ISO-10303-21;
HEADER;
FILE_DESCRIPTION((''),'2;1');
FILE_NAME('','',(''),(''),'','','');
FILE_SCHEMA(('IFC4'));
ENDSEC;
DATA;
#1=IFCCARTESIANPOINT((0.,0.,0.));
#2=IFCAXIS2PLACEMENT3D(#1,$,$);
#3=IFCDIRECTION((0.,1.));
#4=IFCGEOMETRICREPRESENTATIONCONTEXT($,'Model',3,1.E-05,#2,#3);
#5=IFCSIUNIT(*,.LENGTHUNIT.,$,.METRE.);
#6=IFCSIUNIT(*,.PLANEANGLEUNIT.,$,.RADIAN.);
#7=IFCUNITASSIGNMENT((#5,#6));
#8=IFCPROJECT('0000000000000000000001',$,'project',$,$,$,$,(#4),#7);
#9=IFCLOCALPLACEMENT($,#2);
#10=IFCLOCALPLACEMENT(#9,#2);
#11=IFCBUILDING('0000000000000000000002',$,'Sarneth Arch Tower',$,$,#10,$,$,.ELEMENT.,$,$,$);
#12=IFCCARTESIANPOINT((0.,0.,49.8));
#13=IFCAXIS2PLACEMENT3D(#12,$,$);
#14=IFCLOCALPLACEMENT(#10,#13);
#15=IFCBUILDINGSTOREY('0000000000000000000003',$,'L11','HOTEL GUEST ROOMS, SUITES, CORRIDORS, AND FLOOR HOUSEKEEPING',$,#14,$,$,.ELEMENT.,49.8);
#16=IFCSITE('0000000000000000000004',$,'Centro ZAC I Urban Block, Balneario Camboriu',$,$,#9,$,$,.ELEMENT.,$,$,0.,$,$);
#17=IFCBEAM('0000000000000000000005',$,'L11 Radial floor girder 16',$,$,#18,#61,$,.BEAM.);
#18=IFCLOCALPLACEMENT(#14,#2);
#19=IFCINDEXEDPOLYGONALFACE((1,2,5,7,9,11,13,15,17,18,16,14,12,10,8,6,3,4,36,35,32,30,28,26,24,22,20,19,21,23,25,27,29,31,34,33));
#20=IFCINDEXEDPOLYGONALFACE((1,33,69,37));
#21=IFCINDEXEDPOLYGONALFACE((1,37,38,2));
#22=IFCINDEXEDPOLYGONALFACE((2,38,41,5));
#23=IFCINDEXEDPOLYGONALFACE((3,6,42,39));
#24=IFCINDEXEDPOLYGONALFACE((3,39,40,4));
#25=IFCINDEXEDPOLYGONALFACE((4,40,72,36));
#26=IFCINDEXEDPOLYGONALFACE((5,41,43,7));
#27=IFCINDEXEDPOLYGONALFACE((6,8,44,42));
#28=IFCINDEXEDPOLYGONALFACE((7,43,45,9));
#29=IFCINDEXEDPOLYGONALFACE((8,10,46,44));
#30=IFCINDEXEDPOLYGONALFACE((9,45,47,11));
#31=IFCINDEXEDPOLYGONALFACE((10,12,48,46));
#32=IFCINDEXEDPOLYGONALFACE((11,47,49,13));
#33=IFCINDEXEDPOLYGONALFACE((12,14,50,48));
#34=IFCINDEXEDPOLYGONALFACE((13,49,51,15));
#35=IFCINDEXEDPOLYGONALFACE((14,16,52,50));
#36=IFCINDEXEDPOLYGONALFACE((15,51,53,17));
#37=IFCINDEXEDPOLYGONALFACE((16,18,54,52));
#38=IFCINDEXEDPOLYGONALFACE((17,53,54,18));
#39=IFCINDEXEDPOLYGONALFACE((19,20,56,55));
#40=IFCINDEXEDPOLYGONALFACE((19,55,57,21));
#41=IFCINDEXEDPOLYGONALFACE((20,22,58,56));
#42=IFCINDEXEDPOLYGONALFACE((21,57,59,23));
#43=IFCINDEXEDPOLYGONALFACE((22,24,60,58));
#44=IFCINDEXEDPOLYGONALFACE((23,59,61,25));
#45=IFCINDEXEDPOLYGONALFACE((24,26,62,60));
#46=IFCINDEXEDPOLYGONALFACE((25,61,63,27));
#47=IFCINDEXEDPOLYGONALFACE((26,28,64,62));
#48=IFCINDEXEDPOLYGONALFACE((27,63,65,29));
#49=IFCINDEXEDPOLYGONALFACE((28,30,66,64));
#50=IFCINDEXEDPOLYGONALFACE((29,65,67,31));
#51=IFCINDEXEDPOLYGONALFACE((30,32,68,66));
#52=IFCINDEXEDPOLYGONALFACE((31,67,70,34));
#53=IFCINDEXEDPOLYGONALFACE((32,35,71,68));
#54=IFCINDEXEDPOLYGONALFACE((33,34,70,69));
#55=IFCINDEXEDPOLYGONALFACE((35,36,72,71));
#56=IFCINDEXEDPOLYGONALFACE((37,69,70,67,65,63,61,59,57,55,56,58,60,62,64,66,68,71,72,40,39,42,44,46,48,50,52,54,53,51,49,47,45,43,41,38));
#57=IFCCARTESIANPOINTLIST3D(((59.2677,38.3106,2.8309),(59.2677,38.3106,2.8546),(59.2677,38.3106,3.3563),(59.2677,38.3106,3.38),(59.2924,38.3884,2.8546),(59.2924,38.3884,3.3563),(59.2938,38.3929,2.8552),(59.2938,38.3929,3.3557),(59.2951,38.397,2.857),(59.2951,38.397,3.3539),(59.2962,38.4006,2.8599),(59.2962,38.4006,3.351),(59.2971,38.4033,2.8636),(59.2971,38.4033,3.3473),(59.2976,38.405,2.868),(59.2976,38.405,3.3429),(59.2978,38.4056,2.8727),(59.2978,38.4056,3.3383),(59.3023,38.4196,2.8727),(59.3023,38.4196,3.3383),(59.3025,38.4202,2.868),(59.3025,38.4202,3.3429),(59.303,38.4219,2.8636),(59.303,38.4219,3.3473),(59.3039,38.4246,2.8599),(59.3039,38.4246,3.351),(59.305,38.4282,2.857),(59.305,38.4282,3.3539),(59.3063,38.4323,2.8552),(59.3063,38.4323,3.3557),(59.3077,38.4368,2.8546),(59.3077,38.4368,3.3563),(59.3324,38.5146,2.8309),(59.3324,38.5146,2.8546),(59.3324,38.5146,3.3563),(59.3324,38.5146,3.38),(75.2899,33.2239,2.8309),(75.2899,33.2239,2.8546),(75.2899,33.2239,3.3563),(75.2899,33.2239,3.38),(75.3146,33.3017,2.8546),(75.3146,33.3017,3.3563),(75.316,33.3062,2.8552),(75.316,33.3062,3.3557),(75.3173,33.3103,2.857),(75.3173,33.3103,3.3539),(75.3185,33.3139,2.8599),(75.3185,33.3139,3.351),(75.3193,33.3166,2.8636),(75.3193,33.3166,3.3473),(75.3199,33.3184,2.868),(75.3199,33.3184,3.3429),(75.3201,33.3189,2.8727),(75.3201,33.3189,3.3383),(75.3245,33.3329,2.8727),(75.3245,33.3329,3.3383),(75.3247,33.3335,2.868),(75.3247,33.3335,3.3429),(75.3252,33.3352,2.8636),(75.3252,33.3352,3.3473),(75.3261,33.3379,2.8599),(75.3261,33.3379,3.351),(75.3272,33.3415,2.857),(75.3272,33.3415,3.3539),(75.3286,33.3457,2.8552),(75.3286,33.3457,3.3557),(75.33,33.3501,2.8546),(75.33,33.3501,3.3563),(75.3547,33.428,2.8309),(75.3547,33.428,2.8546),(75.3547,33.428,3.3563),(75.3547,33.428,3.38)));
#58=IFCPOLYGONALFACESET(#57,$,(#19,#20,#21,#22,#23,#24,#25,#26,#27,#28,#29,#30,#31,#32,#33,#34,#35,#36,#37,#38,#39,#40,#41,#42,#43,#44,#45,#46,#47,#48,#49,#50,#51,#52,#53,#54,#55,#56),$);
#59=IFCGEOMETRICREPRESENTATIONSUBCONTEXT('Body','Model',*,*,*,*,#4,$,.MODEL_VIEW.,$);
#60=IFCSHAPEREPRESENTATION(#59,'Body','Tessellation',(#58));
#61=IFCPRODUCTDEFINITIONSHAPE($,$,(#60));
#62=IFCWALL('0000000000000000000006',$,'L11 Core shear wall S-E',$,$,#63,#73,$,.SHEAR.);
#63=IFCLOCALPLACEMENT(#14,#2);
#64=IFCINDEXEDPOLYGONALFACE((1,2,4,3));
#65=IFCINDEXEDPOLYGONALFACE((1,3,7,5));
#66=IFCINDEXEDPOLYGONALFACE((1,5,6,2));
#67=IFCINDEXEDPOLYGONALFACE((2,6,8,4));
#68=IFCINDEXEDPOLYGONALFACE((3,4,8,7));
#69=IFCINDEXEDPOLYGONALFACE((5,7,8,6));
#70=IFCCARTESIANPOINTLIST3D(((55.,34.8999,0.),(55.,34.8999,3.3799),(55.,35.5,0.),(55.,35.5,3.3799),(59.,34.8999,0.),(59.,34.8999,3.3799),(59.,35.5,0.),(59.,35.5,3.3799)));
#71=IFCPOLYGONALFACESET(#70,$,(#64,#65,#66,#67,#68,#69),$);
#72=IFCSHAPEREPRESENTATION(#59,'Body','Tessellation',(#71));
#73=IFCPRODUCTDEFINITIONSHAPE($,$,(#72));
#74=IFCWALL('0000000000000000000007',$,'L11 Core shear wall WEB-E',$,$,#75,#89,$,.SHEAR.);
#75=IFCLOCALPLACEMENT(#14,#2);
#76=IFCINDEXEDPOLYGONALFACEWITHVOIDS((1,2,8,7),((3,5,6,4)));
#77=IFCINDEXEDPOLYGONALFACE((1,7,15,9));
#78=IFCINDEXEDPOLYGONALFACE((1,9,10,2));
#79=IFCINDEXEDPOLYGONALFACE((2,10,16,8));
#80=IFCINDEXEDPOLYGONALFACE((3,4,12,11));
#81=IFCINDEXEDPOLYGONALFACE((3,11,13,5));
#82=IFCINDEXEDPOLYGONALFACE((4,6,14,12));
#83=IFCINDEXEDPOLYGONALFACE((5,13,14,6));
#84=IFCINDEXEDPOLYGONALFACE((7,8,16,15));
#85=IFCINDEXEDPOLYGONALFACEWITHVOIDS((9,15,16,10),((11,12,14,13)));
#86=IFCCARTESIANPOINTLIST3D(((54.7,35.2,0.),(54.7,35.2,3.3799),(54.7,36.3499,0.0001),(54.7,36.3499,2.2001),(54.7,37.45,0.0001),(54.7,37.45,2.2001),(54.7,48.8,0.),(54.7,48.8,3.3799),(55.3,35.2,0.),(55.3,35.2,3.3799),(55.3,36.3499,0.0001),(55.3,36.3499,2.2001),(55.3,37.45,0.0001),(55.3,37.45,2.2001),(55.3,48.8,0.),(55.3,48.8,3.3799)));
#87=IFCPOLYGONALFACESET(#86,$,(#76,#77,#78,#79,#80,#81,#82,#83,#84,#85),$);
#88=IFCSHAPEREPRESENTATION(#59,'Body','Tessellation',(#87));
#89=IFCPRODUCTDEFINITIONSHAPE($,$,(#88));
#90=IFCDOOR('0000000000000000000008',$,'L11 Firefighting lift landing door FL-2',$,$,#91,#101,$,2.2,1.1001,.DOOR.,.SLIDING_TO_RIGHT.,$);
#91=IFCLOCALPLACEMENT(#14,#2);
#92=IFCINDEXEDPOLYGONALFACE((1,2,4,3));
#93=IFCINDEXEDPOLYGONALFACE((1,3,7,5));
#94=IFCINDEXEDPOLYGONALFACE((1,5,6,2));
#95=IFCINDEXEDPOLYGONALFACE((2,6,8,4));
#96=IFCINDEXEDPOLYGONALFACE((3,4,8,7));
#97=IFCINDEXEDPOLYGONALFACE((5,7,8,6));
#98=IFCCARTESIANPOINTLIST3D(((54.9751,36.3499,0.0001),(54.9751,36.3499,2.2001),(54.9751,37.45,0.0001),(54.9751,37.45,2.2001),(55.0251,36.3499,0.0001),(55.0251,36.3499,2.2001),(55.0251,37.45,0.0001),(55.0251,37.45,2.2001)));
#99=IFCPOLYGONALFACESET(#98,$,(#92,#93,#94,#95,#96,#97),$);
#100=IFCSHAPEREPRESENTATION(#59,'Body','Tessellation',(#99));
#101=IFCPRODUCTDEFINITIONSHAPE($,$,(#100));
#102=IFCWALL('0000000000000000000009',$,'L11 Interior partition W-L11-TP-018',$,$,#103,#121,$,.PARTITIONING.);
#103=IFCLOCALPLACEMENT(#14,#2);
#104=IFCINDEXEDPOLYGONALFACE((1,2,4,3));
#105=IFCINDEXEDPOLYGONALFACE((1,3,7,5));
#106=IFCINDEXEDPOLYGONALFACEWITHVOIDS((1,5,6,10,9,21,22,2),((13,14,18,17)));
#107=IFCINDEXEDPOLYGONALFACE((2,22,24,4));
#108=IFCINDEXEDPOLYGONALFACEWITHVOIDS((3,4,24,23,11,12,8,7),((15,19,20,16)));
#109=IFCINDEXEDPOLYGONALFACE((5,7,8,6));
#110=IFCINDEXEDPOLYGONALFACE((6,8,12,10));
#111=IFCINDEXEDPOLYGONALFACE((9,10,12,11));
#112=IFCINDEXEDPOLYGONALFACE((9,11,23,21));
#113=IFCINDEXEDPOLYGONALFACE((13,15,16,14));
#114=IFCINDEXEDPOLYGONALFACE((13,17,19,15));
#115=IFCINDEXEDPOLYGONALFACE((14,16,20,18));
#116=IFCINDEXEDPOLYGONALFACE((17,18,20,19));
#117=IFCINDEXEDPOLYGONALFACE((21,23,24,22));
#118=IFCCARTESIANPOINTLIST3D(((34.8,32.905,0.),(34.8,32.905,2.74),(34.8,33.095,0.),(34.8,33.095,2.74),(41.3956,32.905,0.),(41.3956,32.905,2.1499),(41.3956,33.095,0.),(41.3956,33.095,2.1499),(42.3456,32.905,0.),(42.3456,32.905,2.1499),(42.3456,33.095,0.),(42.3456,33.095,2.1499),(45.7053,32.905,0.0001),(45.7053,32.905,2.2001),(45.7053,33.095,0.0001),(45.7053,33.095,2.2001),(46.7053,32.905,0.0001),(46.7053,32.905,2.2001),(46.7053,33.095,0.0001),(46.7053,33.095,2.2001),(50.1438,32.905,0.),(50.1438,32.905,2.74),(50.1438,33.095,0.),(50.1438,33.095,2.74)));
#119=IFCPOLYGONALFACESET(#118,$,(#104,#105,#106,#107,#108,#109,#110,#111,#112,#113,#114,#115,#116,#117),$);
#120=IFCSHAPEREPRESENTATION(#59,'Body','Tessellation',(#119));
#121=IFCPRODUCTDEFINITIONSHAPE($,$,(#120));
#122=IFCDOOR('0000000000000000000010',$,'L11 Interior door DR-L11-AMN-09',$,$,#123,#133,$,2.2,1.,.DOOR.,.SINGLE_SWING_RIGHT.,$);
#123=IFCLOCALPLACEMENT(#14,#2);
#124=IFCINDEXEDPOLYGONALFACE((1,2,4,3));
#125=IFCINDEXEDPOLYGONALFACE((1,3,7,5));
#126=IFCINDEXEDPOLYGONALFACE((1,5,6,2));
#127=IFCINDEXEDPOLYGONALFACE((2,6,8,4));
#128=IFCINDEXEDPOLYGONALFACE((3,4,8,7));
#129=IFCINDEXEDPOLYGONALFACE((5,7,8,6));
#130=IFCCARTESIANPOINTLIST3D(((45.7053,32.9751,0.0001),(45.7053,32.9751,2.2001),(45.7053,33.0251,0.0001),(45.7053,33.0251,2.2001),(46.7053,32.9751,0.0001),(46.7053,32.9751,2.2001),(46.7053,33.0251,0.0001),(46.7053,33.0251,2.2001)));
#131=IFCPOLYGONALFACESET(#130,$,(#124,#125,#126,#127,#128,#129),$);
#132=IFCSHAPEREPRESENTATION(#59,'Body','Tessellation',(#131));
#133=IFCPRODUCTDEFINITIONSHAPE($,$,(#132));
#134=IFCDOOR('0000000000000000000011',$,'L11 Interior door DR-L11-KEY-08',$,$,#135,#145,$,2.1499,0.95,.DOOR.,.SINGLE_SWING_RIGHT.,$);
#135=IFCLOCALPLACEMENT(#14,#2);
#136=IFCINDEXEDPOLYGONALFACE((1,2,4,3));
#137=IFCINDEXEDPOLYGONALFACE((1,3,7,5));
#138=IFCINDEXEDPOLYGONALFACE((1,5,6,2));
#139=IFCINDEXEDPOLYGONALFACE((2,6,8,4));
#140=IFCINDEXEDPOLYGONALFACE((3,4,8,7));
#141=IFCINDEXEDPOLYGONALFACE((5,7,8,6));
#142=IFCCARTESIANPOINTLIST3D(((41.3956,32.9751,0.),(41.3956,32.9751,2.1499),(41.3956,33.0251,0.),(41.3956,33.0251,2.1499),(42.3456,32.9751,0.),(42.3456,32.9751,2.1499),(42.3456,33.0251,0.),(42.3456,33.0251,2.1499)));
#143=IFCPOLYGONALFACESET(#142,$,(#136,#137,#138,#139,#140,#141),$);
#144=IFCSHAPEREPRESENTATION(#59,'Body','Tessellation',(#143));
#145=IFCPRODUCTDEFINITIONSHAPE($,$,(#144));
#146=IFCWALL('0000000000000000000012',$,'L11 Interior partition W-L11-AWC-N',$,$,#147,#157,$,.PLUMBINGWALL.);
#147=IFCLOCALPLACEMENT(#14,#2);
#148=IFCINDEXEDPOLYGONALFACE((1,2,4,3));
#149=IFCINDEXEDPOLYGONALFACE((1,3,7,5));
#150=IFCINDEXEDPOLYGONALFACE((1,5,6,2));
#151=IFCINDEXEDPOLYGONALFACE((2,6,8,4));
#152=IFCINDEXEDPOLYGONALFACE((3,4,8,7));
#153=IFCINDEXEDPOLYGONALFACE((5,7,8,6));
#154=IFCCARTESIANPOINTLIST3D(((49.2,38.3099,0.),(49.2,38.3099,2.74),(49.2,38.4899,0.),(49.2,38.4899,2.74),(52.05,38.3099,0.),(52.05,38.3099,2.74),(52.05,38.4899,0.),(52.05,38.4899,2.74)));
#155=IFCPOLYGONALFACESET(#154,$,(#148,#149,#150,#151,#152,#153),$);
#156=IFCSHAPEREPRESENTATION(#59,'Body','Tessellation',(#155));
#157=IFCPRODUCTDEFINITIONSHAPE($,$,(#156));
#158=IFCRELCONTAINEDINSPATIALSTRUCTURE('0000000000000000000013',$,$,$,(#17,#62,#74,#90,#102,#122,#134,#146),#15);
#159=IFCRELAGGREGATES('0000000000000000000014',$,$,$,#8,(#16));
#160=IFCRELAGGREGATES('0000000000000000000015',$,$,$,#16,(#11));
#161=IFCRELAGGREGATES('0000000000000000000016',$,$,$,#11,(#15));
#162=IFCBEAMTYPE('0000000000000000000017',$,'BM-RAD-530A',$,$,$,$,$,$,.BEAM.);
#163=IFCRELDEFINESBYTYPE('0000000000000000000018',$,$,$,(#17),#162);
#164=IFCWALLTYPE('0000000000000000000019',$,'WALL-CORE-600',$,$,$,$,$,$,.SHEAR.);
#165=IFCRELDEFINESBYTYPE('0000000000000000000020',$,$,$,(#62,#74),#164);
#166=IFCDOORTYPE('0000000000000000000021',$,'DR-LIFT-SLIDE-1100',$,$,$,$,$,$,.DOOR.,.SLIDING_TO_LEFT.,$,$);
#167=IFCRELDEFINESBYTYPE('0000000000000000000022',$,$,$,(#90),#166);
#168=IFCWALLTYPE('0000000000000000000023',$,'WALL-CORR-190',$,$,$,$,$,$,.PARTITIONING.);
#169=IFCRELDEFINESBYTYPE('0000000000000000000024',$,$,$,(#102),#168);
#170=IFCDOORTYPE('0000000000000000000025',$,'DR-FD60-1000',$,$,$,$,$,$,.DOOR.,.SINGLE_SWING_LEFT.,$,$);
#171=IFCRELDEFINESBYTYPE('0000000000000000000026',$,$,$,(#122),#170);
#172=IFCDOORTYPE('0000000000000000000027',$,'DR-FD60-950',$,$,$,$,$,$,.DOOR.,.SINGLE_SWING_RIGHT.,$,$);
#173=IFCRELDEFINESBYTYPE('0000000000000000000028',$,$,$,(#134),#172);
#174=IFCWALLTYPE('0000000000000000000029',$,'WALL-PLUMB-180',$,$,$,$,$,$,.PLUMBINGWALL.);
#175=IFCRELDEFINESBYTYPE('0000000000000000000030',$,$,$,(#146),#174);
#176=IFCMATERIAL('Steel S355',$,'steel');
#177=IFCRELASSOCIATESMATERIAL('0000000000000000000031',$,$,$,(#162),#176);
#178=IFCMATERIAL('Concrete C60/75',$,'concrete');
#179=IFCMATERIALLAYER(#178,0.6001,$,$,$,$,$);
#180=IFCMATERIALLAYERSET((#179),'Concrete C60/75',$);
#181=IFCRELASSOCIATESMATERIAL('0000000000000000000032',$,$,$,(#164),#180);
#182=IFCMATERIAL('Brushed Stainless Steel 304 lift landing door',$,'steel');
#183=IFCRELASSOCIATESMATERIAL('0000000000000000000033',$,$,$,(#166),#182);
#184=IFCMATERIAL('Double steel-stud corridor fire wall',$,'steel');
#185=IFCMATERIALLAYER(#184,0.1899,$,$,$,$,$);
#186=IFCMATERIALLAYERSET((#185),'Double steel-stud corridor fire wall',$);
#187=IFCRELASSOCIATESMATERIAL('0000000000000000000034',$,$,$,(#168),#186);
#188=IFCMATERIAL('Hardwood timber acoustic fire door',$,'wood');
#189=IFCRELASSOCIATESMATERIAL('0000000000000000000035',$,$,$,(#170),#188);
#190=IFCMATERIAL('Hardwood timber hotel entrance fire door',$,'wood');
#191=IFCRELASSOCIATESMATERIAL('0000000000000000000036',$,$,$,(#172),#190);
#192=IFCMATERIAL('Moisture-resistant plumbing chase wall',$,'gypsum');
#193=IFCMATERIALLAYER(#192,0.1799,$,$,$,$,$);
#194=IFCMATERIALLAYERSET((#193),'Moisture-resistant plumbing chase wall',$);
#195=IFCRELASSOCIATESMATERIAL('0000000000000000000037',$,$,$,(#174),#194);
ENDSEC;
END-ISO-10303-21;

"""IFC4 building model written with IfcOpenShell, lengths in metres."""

from ifc_helpers import new_model, si_unit, direction, frame, frame_2d, origin, origin_2d, place, context, subcontext, project, spatial, rectangle, i_section, extrude, material, layer, layer_set, material_profile, profile_set, type_object, element, fill, save


model = new_model("IFC4")

# Units and contexts
model_context = context("Model", 3, precision=1e-05, world=origin(), true_north=direction((0.0, 1.0)))
body_context = subcontext(model_context, "Body", "Model", "MODEL_VIEW")
ifc_project = project(units=[si_unit("LENGTHUNIT", "METRE"), si_unit("PLANEANGLEUNIT", "RADIAN")], contexts=[model_context])

# Site, building, storey
site_placement = place(None, origin())
site = spatial("IfcSite", under=ifc_project, at=site_placement, Name="Centro ZAC I Urban Block, Balneario Camboriu", CompositionType="ELEMENT", RefElevation=0.0)
building_placement = place(site_placement, origin())
building = spatial("IfcBuilding", under=site, at=building_placement, Name="Sarneth Arch Tower", CompositionType="ELEMENT")
storey_placement = place(building_placement, frame((0.0, 0.0, 49.8)))
storey = spatial("IfcBuildingStorey", under=building, at=storey_placement, Name="L11", Description="HOTEL GUEST ROOMS, SUITES, CORRIDORS, AND FLOOR HOUSEKEEPING", CompositionType="ELEMENT", Elevation=49.8)

# Beam
ifc_material_1 = material(Name="Steel S355", Category="steel")
ifc_material_profile_1 = material_profile(ifc_material_1, i_section(OverallWidth=0.2141, OverallDepth=0.5491, WebThickness=0.0146, FlangeThickness=0.0237, FilletRadius=0.0181, at=origin_2d()), Name="W530x138")
ifc_profile_set_1 = profile_set([ifc_material_profile_1], Name="Steel S355")
beam_type_1 = type_object("IfcBeamType", Name="BM-RAD-530A", PredefinedType="BEAM", material=ifc_profile_set_1)
beam_1_placement = place(storey_placement, frame((59.3, 38.4126, 3.1055), z_axis=(0.95312, -0.302593, 0.0), x_axis=(0.302593, 0.95312, 0.0)))
element("IfcBeam", 1, at=beam_1_placement, inside=storey, type_object=beam_type_1, Name="L11 Radial floor girder 16", PredefinedType="BEAM", context=body_context, shape_type="SweptSolid", body=[
    extrude(i_section(OverallWidth=0.2141, OverallDepth=0.5491, WebThickness=0.0146, FlangeThickness=0.0237, FilletRadius=0.0181, at=origin_2d()), origin(), (0.0, 0.0, 1.0), 16.8103),
])

# Wall
ifc_material_2 = material(Name="Concrete C60/75", Category="concrete")
ifc_layer_1 = layer(ifc_material_2, 0.6001)
ifc_layer_set_1 = layer_set([ifc_layer_1], Name="Concrete C60/75")
wall_type_1 = type_object("IfcWallType", Name="WALL-CORE-600", PredefinedType="SHEAR", material=ifc_layer_set_1)
wall_1_placement = place(storey_placement, frame((55.0, 35.2, 0.0), z_axis=(0.0, 0.0, 1.0), x_axis=(1.0, 0.0, 0.0)))
element("IfcWall", 2, at=wall_1_placement, inside=storey, type_object=wall_type_1, Name="L11 Core shear wall S-E", PredefinedType="SHEAR", context=body_context, shape_type="SweptSolid", body=[
    extrude(rectangle(XDim=4.0, YDim=0.6001, at=frame_2d((2.0, 0.0))), origin(), (0.0, 0.0, 1.0), 3.3799),
])

# Wall, opening, door
wall_2_placement = place(storey_placement, frame((55.0, 35.2, 0.0), z_axis=(0.0, 0.0, 1.0), x_axis=(0.0, 1.0, 0.0)))
wall_2 = element("IfcWall", 3, at=wall_2_placement, inside=storey, type_object=wall_type_1, Name="L11 Core shear wall WEB-E", PredefinedType="SHEAR", context=body_context, shape_type="SweptSolid", body=[
    extrude(rectangle(XDim=13.6001, YDim=0.6001, at=frame_2d((6.8, 0.0))), origin(), (0.0, 0.0, 1.0), 3.3799),
])
opening_1_placement = place(wall_2_placement, frame((1.1499, 0.0, 0.0)))
opening_1 = element("IfcOpeningElement", 4, at=opening_1_placement, cuts=wall_2, PredefinedType="OPENING", context=body_context, shape_type="SweptSolid", body=[
    extrude(rectangle(XDim=1.1001, YDim=2.2, at=frame_2d((0.55, 1.1001))), frame((0.0, 0.3101, 0.0), z_axis=(0.0, -1.0, 0.0), x_axis=(1.0, 0.0, 0.0)), (0.0, 0.0, 1.0), 0.6201),
])
ifc_material_3 = material(Name="Brushed Stainless Steel 304 lift landing door", Category="steel")
door_type_1 = type_object("IfcDoorType", Name="DR-LIFT-SLIDE-1100", OperationType="SLIDING_TO_LEFT", PredefinedType="DOOR", material=ifc_material_3)
door_1_placement = place(opening_1_placement, origin())
door_1 = element("IfcDoor", 5, at=door_1_placement, inside=storey, type_object=door_type_1, Name="L11 Firefighting lift landing door FL-2", OperationType="SLIDING_TO_RIGHT", OverallHeight=2.2, OverallWidth=1.1001, PredefinedType="DOOR", context=body_context, shape_type="SweptSolid", body=[
    extrude(rectangle(XDim=1.1001, YDim=2.2, at=frame_2d((0.55, 1.1001))), frame((0.0, 0.0249, 0.0), z_axis=(0.0, -1.0, 0.0), x_axis=(1.0, 0.0, 0.0)), (0.0, 0.0, 1.0), 0.05),
])
fill(opening_1, door_1)

# Wall, openings, doors
ifc_material_4 = material(Name="Double steel-stud corridor fire wall", Category="steel")
ifc_layer_2 = layer(ifc_material_4, 0.1899)
ifc_layer_set_2 = layer_set([ifc_layer_2], Name="Double steel-stud corridor fire wall")
wall_type_2 = type_object("IfcWallType", Name="WALL-CORR-190", PredefinedType="PARTITIONING", material=ifc_layer_set_2)
wall_3_placement = place(storey_placement, frame((50.1438, 33.0, 0.0), z_axis=(0.0, 0.0, 1.0), x_axis=(-1.0, 0.0, 0.0)))
wall_3 = element("IfcWall", 6, at=wall_3_placement, inside=storey, type_object=wall_type_2, Name="L11 Interior partition W-L11-TP-018", PredefinedType="PARTITIONING", context=body_context, shape_type="SweptSolid", body=[
    extrude(rectangle(XDim=15.3438, YDim=0.1899, at=frame_2d((7.6719, 0.0))), origin(), (0.0, 0.0, 1.0), 2.74),
])
opening_2_placement = place(wall_3_placement, frame((3.4385, 0.0, 0.0)))
opening_2 = element("IfcOpeningElement", 7, at=opening_2_placement, cuts=wall_3, PredefinedType="OPENING", context=body_context, shape_type="SweptSolid", body=[
    extrude(rectangle(XDim=1.0, YDim=2.2, at=frame_2d((0.5, 1.1001))), frame((0.0, 0.105, 0.0), z_axis=(0.0, -1.0, 0.0), x_axis=(1.0, 0.0, 0.0)), (0.0, 0.0, 1.0), 0.21),
])
opening_3_placement = place(wall_3_placement, frame((7.7981, 0.0, 0.0)))
opening_3 = element("IfcOpeningElement", 8, at=opening_3_placement, cuts=wall_3, PredefinedType="OPENING", context=body_context, shape_type="SweptSolid", body=[
    extrude(rectangle(XDim=0.95, YDim=2.1499, at=frame_2d((0.4751, 1.075))), frame((0.0, 0.105, 0.0), z_axis=(0.0, -1.0, 0.0), x_axis=(1.0, 0.0, 0.0)), (0.0, 0.0, 1.0), 0.21),
])
ifc_material_5 = material(Name="Hardwood timber acoustic fire door", Category="wood")
door_type_2 = type_object("IfcDoorType", Name="DR-FD60-1000", OperationType="SINGLE_SWING_LEFT", PredefinedType="DOOR", material=ifc_material_5)
door_2_placement = place(opening_2_placement, origin())
door_2 = element("IfcDoor", 9, at=door_2_placement, inside=storey, type_object=door_type_2, Name="L11 Interior door DR-L11-AMN-09", OperationType="SINGLE_SWING_RIGHT", OverallHeight=2.2, OverallWidth=1.0, PredefinedType="DOOR", context=body_context, shape_type="SweptSolid", body=[
    extrude(rectangle(XDim=1.0, YDim=2.2, at=frame_2d((0.5, 1.1001))), frame((0.0, 0.0249, 0.0), z_axis=(0.0, -1.0, 0.0), x_axis=(1.0, 0.0, 0.0)), (0.0, 0.0, 1.0), 0.05),
])
fill(opening_2, door_2)
ifc_material_6 = material(Name="Hardwood timber hotel entrance fire door", Category="wood")
door_type_3 = type_object("IfcDoorType", Name="DR-FD60-950", OperationType="SINGLE_SWING_RIGHT", PredefinedType="DOOR", material=ifc_material_6)
door_3_placement = place(opening_3_placement, origin())
door_3 = element("IfcDoor", 10, at=door_3_placement, inside=storey, type_object=door_type_3, Name="L11 Interior door DR-L11-KEY-08", OperationType="SINGLE_SWING_RIGHT", OverallHeight=2.1499, OverallWidth=0.95, PredefinedType="DOOR", context=body_context, shape_type="SweptSolid", body=[
    extrude(rectangle(XDim=0.95, YDim=2.1499, at=frame_2d((0.4751, 1.075))), frame((0.0, 0.0249, 0.0), z_axis=(0.0, -1.0, 0.0), x_axis=(1.0, 0.0, 0.0)), (0.0, 0.0, 1.0), 0.05),
])
fill(opening_3, door_3)

# Wall
ifc_material_7 = material(Name="Moisture-resistant plumbing chase wall", Category="gypsum")
ifc_layer_3 = layer(ifc_material_7, 0.1799)
ifc_layer_set_3 = layer_set([ifc_layer_3], Name="Moisture-resistant plumbing chase wall")
wall_type_3 = type_object("IfcWallType", Name="WALL-PLUMB-180", PredefinedType="PLUMBINGWALL", material=ifc_layer_set_3)
wall_4_placement = place(storey_placement, frame((49.2, 38.3999, 0.0), z_axis=(0.0, 0.0, 1.0), x_axis=(1.0, 0.0, 0.0)))
element("IfcWall", 11, at=wall_4_placement, inside=storey, type_object=wall_type_3, Name="L11 Interior partition W-L11-AWC-N", PredefinedType="PLUMBINGWALL", context=body_context, shape_type="SweptSolid", body=[
    extrude(rectangle(XDim=2.8501, YDim=0.1799, at=frame_2d((1.425, 0.0))), origin(), (0.0, 0.0, 1.0), 2.74),
])

save(model, "model.ifc")
